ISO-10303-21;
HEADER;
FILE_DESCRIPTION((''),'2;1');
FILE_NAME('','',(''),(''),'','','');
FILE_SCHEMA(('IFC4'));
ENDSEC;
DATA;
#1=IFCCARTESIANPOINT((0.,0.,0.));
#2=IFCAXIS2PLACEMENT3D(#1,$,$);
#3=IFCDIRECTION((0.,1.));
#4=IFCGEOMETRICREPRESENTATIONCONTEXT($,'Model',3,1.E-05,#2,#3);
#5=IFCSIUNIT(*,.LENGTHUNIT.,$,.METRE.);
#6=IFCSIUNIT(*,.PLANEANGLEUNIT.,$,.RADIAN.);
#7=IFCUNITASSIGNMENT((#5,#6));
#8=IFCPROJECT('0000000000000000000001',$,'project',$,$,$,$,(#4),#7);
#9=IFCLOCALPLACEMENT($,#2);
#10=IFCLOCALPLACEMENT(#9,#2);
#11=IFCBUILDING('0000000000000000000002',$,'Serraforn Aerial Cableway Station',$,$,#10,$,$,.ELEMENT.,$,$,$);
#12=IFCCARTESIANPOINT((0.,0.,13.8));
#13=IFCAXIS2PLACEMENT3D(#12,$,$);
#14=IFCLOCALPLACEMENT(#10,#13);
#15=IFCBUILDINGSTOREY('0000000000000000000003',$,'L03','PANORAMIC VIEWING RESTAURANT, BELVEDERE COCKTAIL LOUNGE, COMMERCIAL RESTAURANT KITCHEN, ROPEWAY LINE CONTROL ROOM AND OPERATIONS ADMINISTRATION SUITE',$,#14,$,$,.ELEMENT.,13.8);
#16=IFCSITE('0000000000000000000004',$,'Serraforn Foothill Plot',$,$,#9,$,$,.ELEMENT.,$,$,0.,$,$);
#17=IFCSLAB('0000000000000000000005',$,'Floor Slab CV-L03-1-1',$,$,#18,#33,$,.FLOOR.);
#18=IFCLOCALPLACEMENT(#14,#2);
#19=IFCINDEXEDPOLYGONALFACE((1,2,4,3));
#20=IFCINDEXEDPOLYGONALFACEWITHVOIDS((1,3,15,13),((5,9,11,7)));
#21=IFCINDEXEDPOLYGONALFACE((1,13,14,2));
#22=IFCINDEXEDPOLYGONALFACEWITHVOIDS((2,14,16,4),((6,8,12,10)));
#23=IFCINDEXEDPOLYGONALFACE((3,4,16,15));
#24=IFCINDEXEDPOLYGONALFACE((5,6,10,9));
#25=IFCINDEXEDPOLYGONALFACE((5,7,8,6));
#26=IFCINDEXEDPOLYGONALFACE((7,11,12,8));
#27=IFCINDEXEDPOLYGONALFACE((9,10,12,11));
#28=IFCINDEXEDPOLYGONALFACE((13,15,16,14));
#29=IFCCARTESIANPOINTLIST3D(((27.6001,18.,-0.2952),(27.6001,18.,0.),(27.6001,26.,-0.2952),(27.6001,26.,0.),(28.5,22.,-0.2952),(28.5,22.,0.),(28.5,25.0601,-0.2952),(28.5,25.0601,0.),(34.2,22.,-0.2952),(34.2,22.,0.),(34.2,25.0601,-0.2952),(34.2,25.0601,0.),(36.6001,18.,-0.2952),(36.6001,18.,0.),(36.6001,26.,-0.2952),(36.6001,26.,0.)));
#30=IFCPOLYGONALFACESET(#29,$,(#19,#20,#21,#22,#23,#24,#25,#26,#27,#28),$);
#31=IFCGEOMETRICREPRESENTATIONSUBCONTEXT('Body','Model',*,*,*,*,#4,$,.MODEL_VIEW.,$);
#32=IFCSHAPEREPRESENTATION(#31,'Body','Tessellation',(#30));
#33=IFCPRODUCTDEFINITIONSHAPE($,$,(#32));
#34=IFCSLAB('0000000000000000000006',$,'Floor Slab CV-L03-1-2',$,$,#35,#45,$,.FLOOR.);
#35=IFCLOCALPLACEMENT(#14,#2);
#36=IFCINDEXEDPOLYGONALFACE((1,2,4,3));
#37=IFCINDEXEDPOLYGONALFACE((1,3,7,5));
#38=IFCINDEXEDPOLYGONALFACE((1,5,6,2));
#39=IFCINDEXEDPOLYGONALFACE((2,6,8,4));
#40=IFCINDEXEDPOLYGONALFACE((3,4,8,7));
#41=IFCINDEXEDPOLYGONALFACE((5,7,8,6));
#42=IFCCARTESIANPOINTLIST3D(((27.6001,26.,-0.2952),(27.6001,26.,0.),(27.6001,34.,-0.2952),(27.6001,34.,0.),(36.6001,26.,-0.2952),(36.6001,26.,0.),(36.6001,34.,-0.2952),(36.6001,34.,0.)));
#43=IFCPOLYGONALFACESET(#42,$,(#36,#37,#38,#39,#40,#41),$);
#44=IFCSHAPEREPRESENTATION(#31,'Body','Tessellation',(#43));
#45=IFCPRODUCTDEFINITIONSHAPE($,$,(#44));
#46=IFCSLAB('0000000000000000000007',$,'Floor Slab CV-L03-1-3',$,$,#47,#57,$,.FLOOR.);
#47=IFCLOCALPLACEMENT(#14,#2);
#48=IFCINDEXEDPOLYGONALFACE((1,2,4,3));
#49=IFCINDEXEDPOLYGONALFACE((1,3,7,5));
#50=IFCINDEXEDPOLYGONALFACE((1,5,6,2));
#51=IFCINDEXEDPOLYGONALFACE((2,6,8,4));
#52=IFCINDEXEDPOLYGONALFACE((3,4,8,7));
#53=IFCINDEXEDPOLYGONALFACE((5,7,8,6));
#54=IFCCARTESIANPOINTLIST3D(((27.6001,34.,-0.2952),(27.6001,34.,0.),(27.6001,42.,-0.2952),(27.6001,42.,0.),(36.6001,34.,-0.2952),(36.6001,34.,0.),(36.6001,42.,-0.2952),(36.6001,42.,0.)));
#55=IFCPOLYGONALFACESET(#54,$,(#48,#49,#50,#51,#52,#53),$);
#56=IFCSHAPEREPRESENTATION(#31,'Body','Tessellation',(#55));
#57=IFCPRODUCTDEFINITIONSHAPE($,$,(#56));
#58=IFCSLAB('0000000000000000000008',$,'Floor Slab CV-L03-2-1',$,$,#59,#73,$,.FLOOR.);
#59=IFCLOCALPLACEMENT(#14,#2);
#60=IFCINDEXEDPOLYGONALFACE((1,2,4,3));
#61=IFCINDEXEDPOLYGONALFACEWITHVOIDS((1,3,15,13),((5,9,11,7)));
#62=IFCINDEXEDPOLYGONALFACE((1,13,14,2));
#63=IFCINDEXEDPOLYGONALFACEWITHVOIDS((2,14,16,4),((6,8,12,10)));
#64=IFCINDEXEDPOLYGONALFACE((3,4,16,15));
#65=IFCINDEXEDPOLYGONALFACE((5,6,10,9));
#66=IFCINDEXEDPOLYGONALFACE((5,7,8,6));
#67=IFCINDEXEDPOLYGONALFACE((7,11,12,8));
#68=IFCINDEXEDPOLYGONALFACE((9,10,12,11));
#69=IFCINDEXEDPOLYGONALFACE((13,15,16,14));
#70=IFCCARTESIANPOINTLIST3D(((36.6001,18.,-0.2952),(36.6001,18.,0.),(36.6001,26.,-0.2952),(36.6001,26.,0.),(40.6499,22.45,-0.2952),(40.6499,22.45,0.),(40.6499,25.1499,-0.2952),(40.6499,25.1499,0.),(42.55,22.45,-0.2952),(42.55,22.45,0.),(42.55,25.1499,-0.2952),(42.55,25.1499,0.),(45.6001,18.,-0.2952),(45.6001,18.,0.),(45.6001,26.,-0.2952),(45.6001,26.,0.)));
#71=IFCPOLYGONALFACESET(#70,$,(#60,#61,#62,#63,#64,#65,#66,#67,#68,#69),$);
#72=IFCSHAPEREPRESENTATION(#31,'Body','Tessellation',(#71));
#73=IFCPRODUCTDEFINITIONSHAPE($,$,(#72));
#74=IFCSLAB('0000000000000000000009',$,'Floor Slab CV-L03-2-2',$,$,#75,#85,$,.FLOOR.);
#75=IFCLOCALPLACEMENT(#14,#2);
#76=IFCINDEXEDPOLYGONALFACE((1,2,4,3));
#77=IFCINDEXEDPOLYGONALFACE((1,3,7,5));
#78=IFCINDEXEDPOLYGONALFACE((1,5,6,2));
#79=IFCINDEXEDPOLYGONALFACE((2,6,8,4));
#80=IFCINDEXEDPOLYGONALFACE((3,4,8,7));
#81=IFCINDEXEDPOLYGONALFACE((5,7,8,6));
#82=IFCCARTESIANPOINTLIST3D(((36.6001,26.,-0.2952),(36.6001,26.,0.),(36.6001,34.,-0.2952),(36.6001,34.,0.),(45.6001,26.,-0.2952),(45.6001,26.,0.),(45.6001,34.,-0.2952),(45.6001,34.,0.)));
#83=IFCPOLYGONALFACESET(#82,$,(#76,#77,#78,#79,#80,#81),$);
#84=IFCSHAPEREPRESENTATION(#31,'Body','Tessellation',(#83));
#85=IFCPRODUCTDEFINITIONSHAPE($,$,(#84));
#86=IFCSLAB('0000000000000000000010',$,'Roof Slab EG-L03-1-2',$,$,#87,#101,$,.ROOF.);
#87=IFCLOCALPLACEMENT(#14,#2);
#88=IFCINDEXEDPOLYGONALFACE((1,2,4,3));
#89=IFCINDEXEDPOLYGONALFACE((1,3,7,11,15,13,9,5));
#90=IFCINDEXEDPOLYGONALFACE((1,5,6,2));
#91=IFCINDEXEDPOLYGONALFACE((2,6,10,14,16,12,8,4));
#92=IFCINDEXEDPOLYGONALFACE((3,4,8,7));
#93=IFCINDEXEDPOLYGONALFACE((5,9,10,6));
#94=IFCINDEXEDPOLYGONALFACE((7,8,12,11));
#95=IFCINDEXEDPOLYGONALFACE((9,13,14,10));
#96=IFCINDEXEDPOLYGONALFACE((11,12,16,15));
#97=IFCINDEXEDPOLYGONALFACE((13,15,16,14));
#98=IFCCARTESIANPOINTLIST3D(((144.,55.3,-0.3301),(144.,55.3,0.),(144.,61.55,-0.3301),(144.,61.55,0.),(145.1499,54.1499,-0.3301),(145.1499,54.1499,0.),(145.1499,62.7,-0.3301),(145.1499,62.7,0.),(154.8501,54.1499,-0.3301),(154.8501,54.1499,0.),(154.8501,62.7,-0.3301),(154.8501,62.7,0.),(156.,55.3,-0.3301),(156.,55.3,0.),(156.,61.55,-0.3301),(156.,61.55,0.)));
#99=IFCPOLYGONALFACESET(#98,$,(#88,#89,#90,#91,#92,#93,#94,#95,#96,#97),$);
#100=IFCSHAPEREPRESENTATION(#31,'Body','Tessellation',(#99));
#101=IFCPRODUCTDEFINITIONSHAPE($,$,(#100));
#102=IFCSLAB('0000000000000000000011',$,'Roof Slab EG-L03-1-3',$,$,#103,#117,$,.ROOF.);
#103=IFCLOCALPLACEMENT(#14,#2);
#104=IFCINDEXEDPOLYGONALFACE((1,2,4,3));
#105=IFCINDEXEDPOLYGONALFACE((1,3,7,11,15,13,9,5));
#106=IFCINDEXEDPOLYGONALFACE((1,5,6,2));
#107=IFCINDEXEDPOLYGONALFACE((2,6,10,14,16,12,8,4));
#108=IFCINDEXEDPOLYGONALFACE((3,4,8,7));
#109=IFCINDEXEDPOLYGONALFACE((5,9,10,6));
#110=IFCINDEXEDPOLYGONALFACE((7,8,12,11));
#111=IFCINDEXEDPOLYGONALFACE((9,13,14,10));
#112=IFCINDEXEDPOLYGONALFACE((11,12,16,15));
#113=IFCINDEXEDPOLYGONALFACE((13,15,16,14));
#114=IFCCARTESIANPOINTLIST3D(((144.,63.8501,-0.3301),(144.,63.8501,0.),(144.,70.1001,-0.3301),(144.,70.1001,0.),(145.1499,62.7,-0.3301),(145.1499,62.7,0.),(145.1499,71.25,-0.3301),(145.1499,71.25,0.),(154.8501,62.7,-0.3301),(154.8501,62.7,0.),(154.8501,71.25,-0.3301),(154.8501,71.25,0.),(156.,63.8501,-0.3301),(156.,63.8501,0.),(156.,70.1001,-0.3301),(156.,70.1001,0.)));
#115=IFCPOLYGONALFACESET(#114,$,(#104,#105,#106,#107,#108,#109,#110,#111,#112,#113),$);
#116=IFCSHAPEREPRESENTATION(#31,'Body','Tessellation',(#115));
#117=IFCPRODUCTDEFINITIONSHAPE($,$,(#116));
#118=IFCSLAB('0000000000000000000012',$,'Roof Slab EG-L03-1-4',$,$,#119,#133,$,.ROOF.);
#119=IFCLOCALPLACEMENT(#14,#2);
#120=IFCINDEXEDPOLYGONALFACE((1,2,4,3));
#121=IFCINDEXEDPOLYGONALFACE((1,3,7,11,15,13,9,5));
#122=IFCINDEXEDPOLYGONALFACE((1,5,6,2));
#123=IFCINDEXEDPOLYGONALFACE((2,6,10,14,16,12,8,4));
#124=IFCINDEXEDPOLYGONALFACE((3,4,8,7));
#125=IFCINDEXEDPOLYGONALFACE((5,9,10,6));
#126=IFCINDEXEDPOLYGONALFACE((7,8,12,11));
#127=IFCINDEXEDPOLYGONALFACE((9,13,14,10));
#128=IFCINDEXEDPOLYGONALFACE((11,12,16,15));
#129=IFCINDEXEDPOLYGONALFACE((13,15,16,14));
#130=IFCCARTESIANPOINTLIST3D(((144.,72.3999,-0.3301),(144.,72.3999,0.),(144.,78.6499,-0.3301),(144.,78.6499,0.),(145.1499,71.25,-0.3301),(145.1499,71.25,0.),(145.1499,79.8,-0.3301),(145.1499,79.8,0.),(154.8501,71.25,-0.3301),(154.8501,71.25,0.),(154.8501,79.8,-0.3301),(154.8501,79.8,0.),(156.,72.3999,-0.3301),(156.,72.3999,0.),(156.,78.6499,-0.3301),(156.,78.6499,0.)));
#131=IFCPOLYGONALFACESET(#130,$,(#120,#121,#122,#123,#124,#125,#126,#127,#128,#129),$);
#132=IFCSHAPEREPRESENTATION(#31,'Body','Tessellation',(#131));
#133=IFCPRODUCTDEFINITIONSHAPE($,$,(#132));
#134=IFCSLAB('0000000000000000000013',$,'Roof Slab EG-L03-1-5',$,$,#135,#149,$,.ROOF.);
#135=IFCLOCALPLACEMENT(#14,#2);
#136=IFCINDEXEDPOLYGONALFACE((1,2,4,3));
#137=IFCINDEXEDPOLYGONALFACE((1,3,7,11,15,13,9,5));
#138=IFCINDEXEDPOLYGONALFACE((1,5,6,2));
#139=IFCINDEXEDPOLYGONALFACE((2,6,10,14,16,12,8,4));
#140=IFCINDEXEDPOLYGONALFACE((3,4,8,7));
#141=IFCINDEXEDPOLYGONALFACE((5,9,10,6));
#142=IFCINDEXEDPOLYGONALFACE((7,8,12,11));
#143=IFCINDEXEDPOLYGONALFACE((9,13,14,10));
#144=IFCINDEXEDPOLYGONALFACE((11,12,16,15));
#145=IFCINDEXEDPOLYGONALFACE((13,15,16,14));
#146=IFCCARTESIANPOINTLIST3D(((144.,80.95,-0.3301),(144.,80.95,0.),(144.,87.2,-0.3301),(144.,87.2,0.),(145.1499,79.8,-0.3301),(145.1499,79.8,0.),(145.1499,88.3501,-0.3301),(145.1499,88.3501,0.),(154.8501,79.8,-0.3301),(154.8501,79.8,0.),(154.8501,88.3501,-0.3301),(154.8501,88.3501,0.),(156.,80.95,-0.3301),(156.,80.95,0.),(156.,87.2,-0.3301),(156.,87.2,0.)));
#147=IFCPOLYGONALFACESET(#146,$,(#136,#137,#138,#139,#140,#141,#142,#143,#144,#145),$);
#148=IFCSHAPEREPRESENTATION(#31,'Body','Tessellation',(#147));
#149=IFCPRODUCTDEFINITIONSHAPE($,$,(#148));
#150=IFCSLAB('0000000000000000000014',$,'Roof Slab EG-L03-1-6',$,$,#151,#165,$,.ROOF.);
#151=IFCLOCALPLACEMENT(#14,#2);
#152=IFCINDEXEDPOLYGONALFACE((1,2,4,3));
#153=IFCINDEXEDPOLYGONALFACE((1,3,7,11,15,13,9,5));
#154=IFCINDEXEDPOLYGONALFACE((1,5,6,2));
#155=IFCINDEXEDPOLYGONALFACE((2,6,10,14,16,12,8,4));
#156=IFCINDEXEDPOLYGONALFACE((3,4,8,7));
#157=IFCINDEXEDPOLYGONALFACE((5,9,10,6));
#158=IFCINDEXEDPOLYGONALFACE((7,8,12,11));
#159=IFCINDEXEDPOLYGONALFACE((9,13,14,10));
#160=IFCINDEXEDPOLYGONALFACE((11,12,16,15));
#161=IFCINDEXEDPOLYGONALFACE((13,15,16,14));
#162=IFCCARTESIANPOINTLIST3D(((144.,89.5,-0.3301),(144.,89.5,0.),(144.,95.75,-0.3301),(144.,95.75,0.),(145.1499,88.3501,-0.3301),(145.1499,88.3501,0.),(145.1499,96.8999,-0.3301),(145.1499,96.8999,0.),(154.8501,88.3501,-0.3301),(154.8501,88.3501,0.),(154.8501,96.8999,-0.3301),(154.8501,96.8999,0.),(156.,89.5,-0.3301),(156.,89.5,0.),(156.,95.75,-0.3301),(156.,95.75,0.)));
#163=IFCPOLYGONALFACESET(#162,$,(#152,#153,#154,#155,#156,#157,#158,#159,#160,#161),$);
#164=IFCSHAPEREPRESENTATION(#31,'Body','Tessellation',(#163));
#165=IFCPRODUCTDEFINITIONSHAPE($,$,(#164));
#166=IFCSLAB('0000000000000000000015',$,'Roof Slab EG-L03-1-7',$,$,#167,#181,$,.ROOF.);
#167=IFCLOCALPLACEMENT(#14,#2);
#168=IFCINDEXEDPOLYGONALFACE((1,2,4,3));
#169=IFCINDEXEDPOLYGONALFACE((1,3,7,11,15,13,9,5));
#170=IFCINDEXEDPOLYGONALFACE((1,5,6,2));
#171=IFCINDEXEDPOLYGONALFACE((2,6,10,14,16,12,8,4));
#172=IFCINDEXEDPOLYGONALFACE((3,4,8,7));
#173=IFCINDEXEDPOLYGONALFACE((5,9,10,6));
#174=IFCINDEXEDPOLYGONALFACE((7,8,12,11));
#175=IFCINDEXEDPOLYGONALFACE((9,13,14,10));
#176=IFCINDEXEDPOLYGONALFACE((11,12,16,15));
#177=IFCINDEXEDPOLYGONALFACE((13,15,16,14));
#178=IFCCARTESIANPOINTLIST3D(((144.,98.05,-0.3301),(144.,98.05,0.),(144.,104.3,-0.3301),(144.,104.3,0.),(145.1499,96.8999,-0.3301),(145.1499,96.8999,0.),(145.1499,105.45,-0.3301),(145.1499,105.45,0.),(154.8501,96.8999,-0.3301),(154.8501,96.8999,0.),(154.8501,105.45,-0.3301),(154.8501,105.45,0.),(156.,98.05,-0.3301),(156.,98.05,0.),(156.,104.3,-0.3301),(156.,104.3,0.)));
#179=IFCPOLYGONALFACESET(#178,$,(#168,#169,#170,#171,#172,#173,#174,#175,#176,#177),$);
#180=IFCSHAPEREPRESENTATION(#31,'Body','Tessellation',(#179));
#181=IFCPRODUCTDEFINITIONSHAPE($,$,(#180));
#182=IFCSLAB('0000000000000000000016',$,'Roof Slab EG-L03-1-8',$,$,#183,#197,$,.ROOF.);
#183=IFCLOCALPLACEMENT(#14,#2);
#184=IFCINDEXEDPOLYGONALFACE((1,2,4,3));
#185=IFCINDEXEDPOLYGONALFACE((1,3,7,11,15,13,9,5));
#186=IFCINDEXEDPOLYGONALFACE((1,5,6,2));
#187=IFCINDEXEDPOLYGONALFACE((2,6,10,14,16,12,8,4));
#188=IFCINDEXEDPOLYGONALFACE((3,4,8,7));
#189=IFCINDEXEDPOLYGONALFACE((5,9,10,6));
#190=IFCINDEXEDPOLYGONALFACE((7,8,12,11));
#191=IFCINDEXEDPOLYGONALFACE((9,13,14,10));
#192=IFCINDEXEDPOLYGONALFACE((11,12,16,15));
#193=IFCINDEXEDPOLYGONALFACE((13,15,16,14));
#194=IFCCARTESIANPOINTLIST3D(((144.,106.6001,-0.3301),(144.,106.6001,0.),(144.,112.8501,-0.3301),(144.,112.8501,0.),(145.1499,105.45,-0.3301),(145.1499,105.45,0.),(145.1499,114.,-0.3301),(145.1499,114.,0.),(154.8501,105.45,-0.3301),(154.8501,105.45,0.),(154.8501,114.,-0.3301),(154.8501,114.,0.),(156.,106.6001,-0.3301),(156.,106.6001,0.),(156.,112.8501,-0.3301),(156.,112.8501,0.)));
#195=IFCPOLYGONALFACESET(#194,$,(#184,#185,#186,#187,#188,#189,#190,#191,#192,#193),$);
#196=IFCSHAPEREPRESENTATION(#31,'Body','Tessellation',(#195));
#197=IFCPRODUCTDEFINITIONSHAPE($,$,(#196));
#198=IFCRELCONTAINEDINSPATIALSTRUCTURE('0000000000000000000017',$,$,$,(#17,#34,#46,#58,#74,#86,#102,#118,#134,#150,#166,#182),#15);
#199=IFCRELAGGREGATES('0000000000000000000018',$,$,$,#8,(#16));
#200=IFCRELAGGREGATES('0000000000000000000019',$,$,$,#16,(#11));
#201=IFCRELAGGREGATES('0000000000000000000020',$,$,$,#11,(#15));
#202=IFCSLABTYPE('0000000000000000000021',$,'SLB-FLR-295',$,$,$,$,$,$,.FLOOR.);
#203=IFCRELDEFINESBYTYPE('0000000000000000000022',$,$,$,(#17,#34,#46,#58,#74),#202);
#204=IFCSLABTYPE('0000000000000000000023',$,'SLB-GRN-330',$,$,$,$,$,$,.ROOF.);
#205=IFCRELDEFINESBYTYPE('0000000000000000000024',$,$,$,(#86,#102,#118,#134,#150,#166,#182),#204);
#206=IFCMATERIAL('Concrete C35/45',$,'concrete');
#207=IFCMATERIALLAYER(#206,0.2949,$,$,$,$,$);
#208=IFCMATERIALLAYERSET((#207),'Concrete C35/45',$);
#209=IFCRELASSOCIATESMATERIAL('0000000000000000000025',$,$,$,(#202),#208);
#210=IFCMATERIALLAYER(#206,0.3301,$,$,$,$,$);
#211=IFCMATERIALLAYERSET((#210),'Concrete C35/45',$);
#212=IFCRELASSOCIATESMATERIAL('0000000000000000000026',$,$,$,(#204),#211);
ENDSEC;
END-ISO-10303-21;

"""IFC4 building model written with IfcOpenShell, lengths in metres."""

from ifc_helpers import new_model, si_unit, direction, frame, origin, place, context, subcontext, project, spatial, polyline, outline, extrude, material, layer, layer_set, type_object, element, save


model = new_model("IFC4")

# Units and contexts
model_context = context("Model", 3, precision=1e-05, world=origin(), true_north=direction((0.0, 1.0)))
body_context = subcontext(model_context, "Body", "Model", "MODEL_VIEW")
ifc_project = project(units=[si_unit("LENGTHUNIT", "METRE"), si_unit("PLANEANGLEUNIT", "RADIAN")], contexts=[model_context])

# Site, building, storey
site_placement = place(None, origin())
site = spatial("IfcSite", under=ifc_project, at=site_placement, Name="Serraforn Foothill Plot", CompositionType="ELEMENT", RefElevation=0.0)
building_placement = place(site_placement, origin())
building = spatial("IfcBuilding", under=site, at=building_placement, Name="Serraforn Aerial Cableway Station", CompositionType="ELEMENT")
storey_placement = place(building_placement, frame((0.0, 0.0, 13.8)))
storey = spatial("IfcBuildingStorey", under=building, at=storey_placement, Name="L03", Description="PANORAMIC VIEWING RESTAURANT, BELVEDERE COCKTAIL LOUNGE, COMMERCIAL RESTAURANT KITCHEN, ROPEWAY LINE CONTROL ROOM AND OPERATIONS ADMINISTRATION SUITE", CompositionType="ELEMENT", Elevation=13.8)

# Slabs
ifc_material_1 = material(Name="Concrete C35/45", Category="concrete")
ifc_layer_1 = layer(ifc_material_1, 0.2949)
ifc_layer_set_1 = layer_set([ifc_layer_1], Name="Concrete C35/45")
slab_type_1 = type_object("IfcSlabType", Name="SLB-FLR-295", PredefinedType="FLOOR", material=ifc_layer_set_1)
slab_1_placement = place(storey_placement, frame((0.0, 0.0, -0.2952)))
element("IfcSlab", 1, at=slab_1_placement, inside=storey, type_object=slab_type_1, Name="Floor Slab CV-L03-1-1", PredefinedType="FLOOR", context=body_context, shape_type="SweptSolid", body=[
    extrude(outline(polyline([(27.6001, 18.0), (36.6001, 18.0), (36.6001, 26.0), (27.6001, 26.0), (27.6001, 18.0)]), holes=[polyline([(34.2, 25.0601), (28.5, 25.0601), (28.5, 22.0), (34.2, 22.0), (34.2, 25.0601)])]), origin(), (0.0, 0.0, 1.0), 0.2952),
])
slab_2_placement = place(storey_placement, frame((0.0, 0.0, -0.2952)))
element("IfcSlab", 2, at=slab_2_placement, inside=storey, type_object=slab_type_1, Name="Floor Slab CV-L03-1-2", PredefinedType="FLOOR", context=body_context, shape_type="SweptSolid", body=[
    extrude(outline(polyline([(27.6001, 26.0), (36.6001, 26.0), (36.6001, 34.0), (27.6001, 34.0), (27.6001, 26.0)])), origin(), (0.0, 0.0, 1.0), 0.2952),
])
slab_3_placement = place(storey_placement, frame((0.0, 0.0, -0.2952)))
element("IfcSlab", 3, at=slab_3_placement, inside=storey, type_object=slab_type_1, Name="Floor Slab CV-L03-1-3", PredefinedType="FLOOR", context=body_context, shape_type="SweptSolid", body=[
    extrude(outline(polyline([(27.6001, 34.0), (36.6001, 34.0), (36.6001, 42.0), (27.6001, 42.0), (27.6001, 34.0)])), origin(), (0.0, 0.0, 1.0), 0.2952),
])
slab_4_placement = place(storey_placement, frame((0.0, 0.0, -0.2952)))
element("IfcSlab", 4, at=slab_4_placement, inside=storey, type_object=slab_type_1, Name="Floor Slab CV-L03-2-1", PredefinedType="FLOOR", context=body_context, shape_type="SweptSolid", body=[
    extrude(outline(polyline([(36.6001, 18.0), (45.6001, 18.0), (45.6001, 26.0), (36.6001, 26.0), (36.6001, 18.0)]), holes=[polyline([(40.6499, 22.45), (42.55, 22.45), (42.55, 25.1499), (40.6499, 25.1499), (40.6499, 22.45)])]), origin(), (0.0, 0.0, 1.0), 0.2952),
])
slab_5_placement = place(storey_placement, frame((0.0, 0.0, -0.2952)))
element("IfcSlab", 5, at=slab_5_placement, inside=storey, type_object=slab_type_1, Name="Floor Slab CV-L03-2-2", PredefinedType="FLOOR", context=body_context, shape_type="SweptSolid", body=[
    extrude(outline(polyline([(36.6001, 26.0), (45.6001, 26.0), (45.6001, 34.0), (36.6001, 34.0), (36.6001, 26.0)])), origin(), (0.0, 0.0, 1.0), 0.2952),
])

# Shared definitions
ifc_layer_2 = layer(ifc_material_1, 0.3301)
ifc_layer_set_2 = layer_set([ifc_layer_2], Name="Concrete C35/45")
slab_type_2 = type_object("IfcSlabType", Name="SLB-GRN-330", PredefinedType="ROOF", material=ifc_layer_set_2)

# Slabs
slab_6_placement = place(storey_placement, frame((0.0, 0.0, -0.3301)))
element("IfcSlab", 6, at=slab_6_placement, inside=storey, type_object=slab_type_2, Name="Roof Slab EG-L03-1-2", PredefinedType="ROOF", context=body_context, shape_type="SweptSolid", body=[
    extrude(outline(polyline([(145.1499, 54.1499), (154.8501, 54.1499), (156.0, 55.3), (156.0, 61.55), (154.8501, 62.7), (145.1499, 62.7), (144.0, 61.55), (144.0, 55.3), (145.1499, 54.1499)])), origin(), (0.0, 0.0, 1.0), 0.3301),
])
slab_7_placement = place(storey_placement, frame((0.0, 0.0, -0.3301)))
element("IfcSlab", 7, at=slab_7_placement, inside=storey, type_object=slab_type_2, Name="Roof Slab EG-L03-1-3", PredefinedType="ROOF", context=body_context, shape_type="SweptSolid", body=[
    extrude(outline(polyline([(145.1499, 62.7), (154.8501, 62.7), (156.0, 63.8501), (156.0, 70.1001), (154.8501, 71.25), (145.1499, 71.25), (144.0, 70.1001), (144.0, 63.8501), (145.1499, 62.7)])), origin(), (0.0, 0.0, 1.0), 0.3301),
])
slab_8_placement = place(storey_placement, frame((0.0, 0.0, -0.3301)))
element("IfcSlab", 8, at=slab_8_placement, inside=storey, type_object=slab_type_2, Name="Roof Slab EG-L03-1-4", PredefinedType="ROOF", context=body_context, shape_type="SweptSolid", body=[
    extrude(outline(polyline([(145.1499, 71.25), (154.8501, 71.25), (156.0, 72.3999), (156.0, 78.6499), (154.8501, 79.8), (145.1499, 79.8), (144.0, 78.6499), (144.0, 72.3999), (145.1499, 71.25)])), origin(), (0.0, 0.0, 1.0), 0.3301),
])
slab_9_placement = place(storey_placement, frame((0.0, 0.0, -0.3301)))
element("IfcSlab", 9, at=slab_9_placement, inside=storey, type_object=slab_type_2, Name="Roof Slab EG-L03-1-5", PredefinedType="ROOF", context=body_context, shape_type="SweptSolid", body=[
    extrude(outline(polyline([(145.1499, 79.8), (154.8501, 79.8), (156.0, 80.95), (156.0, 87.2), (154.8501, 88.3501), (145.1499, 88.3501), (144.0, 87.2), (144.0, 80.95), (145.1499, 79.8)])), origin(), (0.0, 0.0, 1.0), 0.3301),
])
slab_10_placement = place(storey_placement, frame((0.0, 0.0, -0.3301)))
element("IfcSlab", 10, at=slab_10_placement, inside=storey, type_object=slab_type_2, Name="Roof Slab EG-L03-1-6", PredefinedType="ROOF", context=body_context, shape_type="SweptSolid", body=[
    extrude(outline(polyline([(145.1499, 88.3501), (154.8501, 88.3501), (156.0, 89.5), (156.0, 95.75), (154.8501, 96.8999), (145.1499, 96.8999), (144.0, 95.75), (144.0, 89.5), (145.1499, 88.3501)])), origin(), (0.0, 0.0, 1.0), 0.3301),
])
slab_11_placement = place(storey_placement, frame((0.0, 0.0, -0.3301)))
element("IfcSlab", 11, at=slab_11_placement, inside=storey, type_object=slab_type_2, Name="Roof Slab EG-L03-1-7", PredefinedType="ROOF", context=body_context, shape_type="SweptSolid", body=[
    extrude(outline(polyline([(145.1499, 96.8999), (154.8501, 96.8999), (156.0, 98.05), (156.0, 104.3), (154.8501, 105.45), (145.1499, 105.45), (144.0, 104.3), (144.0, 98.05), (145.1499, 96.8999)])), origin(), (0.0, 0.0, 1.0), 0.3301),
])
slab_12_placement = place(storey_placement, frame((0.0, 0.0, -0.3301)))
element("IfcSlab", 12, at=slab_12_placement, inside=storey, type_object=slab_type_2, Name="Roof Slab EG-L03-1-8", PredefinedType="ROOF", context=body_context, shape_type="SweptSolid", body=[
    extrude(outline(polyline([(145.1499, 105.45), (154.8501, 105.45), (156.0, 106.6001), (156.0, 112.8501), (154.8501, 114.0), (145.1499, 114.0), (144.0, 112.8501), (144.0, 106.6001), (145.1499, 105.45)])), origin(), (0.0, 0.0, 1.0), 0.3301),
])

save(model, "model.ifc")
